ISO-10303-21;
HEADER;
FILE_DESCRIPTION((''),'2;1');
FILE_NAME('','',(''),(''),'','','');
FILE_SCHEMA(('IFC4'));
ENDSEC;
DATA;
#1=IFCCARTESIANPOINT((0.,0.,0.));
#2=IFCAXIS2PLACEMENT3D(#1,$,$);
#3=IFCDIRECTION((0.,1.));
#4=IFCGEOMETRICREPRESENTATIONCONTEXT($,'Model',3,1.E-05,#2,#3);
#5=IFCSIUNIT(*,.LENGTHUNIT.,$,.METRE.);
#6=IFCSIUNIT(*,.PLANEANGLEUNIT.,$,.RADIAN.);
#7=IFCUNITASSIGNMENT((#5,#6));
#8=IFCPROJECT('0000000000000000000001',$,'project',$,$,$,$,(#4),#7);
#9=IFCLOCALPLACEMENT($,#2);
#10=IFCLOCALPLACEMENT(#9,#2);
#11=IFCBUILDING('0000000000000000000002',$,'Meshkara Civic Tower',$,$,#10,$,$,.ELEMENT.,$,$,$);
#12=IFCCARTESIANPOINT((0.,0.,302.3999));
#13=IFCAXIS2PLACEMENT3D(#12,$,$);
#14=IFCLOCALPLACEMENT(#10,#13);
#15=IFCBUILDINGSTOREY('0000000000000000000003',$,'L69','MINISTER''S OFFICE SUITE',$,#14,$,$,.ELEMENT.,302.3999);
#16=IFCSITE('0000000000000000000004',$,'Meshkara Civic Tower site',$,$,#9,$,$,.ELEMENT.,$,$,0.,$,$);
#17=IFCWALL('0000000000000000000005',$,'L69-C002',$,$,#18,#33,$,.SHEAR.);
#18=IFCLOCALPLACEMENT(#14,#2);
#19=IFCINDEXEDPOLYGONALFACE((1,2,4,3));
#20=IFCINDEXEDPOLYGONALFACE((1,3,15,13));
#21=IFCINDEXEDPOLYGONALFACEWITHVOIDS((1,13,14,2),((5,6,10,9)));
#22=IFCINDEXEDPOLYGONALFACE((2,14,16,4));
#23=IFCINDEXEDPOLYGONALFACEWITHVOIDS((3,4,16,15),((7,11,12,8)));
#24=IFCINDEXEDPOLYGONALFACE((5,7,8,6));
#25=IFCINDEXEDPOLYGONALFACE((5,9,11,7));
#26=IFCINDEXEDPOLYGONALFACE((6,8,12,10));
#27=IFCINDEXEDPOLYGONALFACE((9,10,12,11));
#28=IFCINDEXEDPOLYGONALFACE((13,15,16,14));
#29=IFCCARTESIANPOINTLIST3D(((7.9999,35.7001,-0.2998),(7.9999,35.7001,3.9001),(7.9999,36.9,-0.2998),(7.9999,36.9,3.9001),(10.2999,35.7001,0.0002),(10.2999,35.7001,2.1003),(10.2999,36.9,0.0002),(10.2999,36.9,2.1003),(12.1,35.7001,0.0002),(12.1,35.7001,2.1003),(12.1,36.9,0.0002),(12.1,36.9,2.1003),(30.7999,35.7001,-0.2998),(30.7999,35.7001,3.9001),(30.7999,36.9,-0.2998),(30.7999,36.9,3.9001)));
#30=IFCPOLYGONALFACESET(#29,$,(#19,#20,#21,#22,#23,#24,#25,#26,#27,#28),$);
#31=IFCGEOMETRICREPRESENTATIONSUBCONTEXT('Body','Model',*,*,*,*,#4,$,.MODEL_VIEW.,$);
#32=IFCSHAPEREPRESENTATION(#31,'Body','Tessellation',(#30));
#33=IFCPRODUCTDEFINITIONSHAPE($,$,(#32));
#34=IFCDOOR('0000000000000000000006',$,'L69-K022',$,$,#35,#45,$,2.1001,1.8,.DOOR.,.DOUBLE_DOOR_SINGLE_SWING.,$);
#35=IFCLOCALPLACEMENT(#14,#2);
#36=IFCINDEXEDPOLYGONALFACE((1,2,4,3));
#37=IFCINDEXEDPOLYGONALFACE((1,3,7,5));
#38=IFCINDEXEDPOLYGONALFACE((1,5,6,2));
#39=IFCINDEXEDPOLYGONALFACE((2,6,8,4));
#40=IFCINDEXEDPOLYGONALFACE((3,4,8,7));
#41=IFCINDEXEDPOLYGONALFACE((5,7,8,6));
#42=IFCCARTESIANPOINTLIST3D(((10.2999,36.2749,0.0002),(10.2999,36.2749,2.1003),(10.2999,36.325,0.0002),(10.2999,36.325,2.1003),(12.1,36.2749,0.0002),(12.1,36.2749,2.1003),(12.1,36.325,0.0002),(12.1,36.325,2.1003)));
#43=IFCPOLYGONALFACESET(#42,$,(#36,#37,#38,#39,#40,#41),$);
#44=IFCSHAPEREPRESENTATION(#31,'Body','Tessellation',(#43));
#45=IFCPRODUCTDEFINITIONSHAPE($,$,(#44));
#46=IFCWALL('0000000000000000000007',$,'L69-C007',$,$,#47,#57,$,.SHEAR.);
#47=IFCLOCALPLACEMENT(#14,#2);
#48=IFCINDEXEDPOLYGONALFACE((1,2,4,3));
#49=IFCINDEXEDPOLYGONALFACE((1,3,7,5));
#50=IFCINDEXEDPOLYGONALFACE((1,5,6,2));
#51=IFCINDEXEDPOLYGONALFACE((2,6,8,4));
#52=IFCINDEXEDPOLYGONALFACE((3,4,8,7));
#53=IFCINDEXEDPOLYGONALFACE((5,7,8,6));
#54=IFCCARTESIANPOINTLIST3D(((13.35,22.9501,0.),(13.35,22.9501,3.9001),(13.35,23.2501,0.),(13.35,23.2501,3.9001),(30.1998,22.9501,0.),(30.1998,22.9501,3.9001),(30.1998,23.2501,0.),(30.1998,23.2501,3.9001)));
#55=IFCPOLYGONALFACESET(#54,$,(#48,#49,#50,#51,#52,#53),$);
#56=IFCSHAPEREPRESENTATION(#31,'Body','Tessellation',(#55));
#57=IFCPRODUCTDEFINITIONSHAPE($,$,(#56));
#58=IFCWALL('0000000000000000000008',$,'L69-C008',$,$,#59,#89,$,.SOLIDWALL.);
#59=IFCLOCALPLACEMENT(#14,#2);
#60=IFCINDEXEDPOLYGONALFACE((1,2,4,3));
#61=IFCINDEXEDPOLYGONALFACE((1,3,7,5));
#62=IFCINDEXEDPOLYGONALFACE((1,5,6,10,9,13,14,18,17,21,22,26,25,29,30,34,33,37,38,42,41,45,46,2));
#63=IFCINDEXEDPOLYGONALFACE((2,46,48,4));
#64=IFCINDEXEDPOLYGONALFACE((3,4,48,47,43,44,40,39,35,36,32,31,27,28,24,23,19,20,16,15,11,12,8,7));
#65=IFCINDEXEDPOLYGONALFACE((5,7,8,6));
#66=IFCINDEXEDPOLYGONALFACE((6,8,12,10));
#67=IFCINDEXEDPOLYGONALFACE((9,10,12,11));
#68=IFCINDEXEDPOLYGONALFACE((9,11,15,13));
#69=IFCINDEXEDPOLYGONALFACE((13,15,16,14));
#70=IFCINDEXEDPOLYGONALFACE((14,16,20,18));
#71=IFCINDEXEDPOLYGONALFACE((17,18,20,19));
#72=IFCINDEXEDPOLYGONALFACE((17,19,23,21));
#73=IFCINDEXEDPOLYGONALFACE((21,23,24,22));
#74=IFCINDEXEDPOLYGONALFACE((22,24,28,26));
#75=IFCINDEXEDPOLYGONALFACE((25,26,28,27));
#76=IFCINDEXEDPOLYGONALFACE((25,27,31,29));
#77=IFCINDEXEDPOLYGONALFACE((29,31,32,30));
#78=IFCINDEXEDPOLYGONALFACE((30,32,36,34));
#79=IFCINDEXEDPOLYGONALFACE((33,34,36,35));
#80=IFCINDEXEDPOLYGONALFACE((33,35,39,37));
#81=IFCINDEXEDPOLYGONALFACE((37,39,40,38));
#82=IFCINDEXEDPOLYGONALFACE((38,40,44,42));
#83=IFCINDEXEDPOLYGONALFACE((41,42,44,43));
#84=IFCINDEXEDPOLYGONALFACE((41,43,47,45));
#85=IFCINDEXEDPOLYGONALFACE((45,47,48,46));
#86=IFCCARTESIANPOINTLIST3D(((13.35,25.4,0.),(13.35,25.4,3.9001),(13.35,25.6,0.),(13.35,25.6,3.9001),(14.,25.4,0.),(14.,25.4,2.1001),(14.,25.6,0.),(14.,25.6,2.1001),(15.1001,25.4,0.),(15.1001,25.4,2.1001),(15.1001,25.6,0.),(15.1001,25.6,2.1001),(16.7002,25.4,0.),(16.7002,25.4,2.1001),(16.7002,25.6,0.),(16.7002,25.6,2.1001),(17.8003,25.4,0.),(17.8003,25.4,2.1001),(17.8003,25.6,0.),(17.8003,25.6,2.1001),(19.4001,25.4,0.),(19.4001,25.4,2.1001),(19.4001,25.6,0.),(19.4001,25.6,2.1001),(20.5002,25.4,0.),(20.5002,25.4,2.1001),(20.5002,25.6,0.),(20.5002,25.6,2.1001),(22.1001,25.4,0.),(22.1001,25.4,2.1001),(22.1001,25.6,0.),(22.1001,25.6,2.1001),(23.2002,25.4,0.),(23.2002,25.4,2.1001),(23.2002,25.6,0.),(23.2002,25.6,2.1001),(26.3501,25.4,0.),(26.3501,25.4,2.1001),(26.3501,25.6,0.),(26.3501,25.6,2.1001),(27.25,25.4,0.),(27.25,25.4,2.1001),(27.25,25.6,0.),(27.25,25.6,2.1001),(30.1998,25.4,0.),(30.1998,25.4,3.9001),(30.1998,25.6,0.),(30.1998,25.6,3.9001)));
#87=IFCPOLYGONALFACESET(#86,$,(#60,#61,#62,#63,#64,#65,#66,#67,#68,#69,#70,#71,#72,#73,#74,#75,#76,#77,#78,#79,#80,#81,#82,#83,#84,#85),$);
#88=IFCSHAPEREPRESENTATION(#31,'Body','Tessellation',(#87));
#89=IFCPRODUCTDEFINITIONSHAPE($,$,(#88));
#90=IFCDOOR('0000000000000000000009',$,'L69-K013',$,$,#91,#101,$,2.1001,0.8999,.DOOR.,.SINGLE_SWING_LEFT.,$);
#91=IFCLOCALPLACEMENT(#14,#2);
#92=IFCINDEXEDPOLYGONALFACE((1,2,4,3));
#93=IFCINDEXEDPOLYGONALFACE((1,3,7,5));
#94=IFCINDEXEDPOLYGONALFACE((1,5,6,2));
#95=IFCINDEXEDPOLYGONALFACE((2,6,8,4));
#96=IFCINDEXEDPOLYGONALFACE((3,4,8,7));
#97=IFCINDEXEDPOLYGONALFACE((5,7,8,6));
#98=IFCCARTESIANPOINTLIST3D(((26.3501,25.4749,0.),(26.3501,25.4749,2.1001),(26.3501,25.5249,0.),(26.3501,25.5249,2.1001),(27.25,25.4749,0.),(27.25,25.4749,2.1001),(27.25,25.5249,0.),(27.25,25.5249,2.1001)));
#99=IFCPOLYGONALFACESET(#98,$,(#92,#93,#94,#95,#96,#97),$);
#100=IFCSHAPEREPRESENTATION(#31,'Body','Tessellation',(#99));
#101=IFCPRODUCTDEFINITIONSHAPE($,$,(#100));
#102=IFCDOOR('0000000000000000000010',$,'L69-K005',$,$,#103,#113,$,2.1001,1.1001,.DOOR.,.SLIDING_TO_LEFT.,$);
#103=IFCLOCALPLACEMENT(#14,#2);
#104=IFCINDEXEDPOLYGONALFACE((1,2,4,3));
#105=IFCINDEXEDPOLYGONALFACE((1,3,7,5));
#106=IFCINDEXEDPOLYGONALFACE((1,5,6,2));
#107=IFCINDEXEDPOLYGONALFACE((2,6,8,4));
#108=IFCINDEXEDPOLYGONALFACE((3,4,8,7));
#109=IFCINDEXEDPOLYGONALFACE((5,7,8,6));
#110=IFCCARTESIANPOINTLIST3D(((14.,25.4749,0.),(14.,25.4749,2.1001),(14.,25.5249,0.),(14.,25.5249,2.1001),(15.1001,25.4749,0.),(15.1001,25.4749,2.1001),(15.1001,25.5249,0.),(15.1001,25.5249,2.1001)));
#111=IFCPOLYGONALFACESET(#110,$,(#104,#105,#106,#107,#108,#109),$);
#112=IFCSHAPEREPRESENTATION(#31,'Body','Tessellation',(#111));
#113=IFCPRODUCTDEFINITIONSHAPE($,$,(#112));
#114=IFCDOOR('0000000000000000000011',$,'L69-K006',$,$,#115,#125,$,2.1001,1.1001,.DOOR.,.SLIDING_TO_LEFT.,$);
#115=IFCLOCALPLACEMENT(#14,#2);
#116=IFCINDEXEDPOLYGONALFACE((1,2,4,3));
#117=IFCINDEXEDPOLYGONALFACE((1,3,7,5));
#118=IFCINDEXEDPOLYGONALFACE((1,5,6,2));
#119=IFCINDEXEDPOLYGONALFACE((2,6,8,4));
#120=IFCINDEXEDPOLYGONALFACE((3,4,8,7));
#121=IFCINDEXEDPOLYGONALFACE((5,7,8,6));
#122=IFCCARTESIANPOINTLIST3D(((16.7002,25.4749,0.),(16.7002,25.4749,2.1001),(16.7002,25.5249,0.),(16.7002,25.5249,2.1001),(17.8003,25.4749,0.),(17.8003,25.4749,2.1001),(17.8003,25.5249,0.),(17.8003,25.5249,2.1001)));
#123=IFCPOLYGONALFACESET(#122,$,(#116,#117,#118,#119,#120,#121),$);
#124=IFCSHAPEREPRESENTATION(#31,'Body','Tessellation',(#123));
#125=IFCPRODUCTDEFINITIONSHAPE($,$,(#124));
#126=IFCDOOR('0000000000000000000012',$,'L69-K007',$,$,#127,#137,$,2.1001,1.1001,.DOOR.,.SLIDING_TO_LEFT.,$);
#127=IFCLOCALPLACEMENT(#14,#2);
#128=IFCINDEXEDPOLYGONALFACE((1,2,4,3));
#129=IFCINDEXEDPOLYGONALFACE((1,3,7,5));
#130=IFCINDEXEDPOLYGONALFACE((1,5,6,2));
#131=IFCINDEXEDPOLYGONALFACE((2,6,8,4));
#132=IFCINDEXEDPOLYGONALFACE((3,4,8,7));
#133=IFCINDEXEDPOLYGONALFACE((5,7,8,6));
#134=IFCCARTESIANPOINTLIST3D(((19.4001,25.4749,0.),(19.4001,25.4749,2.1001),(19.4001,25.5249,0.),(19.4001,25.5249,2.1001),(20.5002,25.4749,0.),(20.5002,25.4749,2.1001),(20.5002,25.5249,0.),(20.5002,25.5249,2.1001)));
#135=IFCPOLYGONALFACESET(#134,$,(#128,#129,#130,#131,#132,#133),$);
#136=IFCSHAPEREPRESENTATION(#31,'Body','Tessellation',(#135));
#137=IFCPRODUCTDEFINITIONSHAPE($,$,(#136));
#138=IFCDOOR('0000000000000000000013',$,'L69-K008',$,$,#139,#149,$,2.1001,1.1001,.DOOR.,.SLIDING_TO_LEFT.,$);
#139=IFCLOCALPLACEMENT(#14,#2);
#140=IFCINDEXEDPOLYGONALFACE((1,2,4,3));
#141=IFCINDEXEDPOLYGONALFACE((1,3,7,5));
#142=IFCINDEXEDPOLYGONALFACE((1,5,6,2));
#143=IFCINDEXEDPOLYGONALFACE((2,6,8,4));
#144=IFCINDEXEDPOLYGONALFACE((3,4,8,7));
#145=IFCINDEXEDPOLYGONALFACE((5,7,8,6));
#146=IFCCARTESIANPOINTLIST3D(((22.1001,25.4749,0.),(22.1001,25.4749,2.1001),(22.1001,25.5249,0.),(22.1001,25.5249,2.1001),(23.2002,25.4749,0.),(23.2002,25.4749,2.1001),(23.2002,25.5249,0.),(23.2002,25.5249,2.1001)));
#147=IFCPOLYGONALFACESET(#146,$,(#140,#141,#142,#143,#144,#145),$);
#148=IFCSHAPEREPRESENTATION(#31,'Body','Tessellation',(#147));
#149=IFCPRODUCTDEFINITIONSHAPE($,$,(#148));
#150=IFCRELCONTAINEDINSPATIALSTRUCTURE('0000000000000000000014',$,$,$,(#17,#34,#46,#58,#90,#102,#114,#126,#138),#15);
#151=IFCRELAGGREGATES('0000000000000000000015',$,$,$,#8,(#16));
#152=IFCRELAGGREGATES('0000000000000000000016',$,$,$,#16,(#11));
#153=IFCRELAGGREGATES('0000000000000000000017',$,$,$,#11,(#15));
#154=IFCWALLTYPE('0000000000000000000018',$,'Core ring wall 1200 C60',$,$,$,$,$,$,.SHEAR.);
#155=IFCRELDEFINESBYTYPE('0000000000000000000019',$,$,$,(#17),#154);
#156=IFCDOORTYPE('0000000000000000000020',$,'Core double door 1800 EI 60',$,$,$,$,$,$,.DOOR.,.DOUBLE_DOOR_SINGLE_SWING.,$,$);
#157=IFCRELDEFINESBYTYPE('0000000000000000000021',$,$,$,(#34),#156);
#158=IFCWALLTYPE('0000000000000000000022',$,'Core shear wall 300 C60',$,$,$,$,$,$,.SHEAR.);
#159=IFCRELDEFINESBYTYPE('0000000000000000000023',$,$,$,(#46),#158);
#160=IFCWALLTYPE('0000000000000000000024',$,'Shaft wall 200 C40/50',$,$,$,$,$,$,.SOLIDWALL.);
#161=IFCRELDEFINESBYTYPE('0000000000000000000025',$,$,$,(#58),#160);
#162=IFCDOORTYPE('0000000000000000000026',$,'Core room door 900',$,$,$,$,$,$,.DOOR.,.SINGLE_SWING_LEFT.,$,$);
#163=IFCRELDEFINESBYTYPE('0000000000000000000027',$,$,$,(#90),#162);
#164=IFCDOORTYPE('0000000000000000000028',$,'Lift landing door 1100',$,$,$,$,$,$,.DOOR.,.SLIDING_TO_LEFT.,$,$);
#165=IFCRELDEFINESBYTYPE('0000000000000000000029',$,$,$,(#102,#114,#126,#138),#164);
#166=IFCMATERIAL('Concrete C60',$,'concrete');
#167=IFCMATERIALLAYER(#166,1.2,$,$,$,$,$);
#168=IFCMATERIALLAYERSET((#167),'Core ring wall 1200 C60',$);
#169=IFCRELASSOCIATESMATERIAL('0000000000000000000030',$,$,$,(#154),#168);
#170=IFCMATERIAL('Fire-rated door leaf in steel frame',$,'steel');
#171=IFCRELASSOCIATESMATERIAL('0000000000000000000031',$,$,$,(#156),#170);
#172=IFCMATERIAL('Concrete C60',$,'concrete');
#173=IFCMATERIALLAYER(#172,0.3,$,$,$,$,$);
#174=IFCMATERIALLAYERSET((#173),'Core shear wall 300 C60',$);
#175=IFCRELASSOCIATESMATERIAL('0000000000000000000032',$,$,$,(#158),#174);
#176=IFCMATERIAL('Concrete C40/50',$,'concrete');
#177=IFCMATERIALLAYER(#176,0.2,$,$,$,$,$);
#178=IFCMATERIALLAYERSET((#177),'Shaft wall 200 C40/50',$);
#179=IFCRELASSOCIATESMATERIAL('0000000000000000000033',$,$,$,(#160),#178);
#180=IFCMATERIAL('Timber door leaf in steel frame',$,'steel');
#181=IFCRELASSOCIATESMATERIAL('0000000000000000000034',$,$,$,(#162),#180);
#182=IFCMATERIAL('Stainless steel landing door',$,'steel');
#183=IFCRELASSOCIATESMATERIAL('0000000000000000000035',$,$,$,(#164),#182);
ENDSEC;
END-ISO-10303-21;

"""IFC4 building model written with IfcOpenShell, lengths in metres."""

from ifc_helpers import new_model, si_unit, direction, frame, frame_2d, origin, place, context, subcontext, project, spatial, rectangle, extrude, material, layer, layer_set, type_object, element, fill, save


model = new_model("IFC4")

# Units and contexts
model_context = context("Model", 3, precision=1e-05, world=origin(), true_north=direction((0.0, 1.0)))
body_context = subcontext(model_context, "Body", "Model", "MODEL_VIEW")
ifc_project = project(units=[si_unit("LENGTHUNIT", "METRE"), si_unit("PLANEANGLEUNIT", "RADIAN")], contexts=[model_context])

# Site, building, storey
site_placement = place(None, origin())
site = spatial("IfcSite", under=ifc_project, at=site_placement, Name="Meshkara Civic Tower site", CompositionType="ELEMENT", RefElevation=0.0)
building_placement = place(site_placement, origin())
building = spatial("IfcBuilding", under=site, at=building_placement, Name="Meshkara Civic Tower", CompositionType="ELEMENT")
storey_placement = place(building_placement, frame((0.0, 0.0, 302.3999)))
storey = spatial("IfcBuildingStorey", under=building, at=storey_placement, Name="L69", Description="MINISTER'S OFFICE SUITE", CompositionType="ELEMENT", Elevation=302.3999)

# Wall, opening, door
ifc_material_1 = material(Name="Concrete C60", Category="concrete")
ifc_layer_1 = layer(ifc_material_1, 1.2)
ifc_layer_set_1 = layer_set([ifc_layer_1], Name="Core ring wall 1200 C60")
wall_type_1 = type_object("IfcWallType", Name="Core ring wall 1200 C60", PredefinedType="SHEAR", material=ifc_layer_set_1)
wall_1_placement = place(storey_placement, frame((8.0, 36.3, -0.2998), z_axis=(0.0, 0.0, 1.0), x_axis=(1.0, 0.0, 0.0)))
wall_1 = element("IfcWall", 1, at=wall_1_placement, inside=storey, type_object=wall_type_1, Name="L69-C002", PredefinedType="SHEAR", context=body_context, shape_type="SweptSolid", body=[
    extrude(rectangle(XDim=22.8, YDim=1.2, at=frame_2d((11.3999, 0.0))), origin(), (0.0, 0.0, 1.0), 4.2),
])
opening_1_placement = place(wall_1_placement, frame((2.3, 0.0, 0.3)))
opening_1 = element("IfcOpeningElement", 2, at=opening_1_placement, cuts=wall_1, PredefinedType="OPENING", context=body_context, shape_type="SweptSolid", body=[
    extrude(rectangle(XDim=1.8, YDim=2.1001, at=frame_2d((0.8999, 1.05))), frame((0.0, 0.6099, 0.0), z_axis=(0.0, -1.0, 0.0), x_axis=(1.0, 0.0, 0.0)), (0.0, 0.0, 1.0), 1.22),
])
ifc_material_2 = material(Name="Fire-rated door leaf in steel frame", Category="steel")
door_type_1 = type_object("IfcDoorType", Name="Core double door 1800 EI 60", OperationType="DOUBLE_DOOR_SINGLE_SWING", PredefinedType="DOOR", material=ifc_material_2)
door_1_placement = place(opening_1_placement, origin())
door_1 = element("IfcDoor", 3, at=door_1_placement, inside=storey, type_object=door_type_1, Name="L69-K022", OperationType="DOUBLE_DOOR_SINGLE_SWING", OverallHeight=2.1001, OverallWidth=1.8, PredefinedType="DOOR", context=body_context, shape_type="SweptSolid", body=[
    extrude(rectangle(XDim=1.8, YDim=2.1001, at=frame_2d((0.8999, 1.05))), frame((0.0, 0.0249, 0.0), z_axis=(0.0, -1.0, 0.0), x_axis=(1.0, 0.0, 0.0)), (0.0, 0.0, 1.0), 0.05),
])
fill(opening_1, door_1)

# Wall
ifc_material_3 = material(Name="Concrete C60", Category="concrete")
ifc_layer_2 = layer(ifc_material_3, 0.3)
ifc_layer_set_2 = layer_set([ifc_layer_2], Name="Core shear wall 300 C60")
wall_type_2 = type_object("IfcWallType", Name="Core shear wall 300 C60", PredefinedType="SHEAR", material=ifc_layer_set_2)
wall_2_placement = place(storey_placement, frame((13.3501, 23.1001, 0.0), z_axis=(0.0, 0.0, 1.0), x_axis=(1.0, 0.0, 0.0)))
element("IfcWall", 4, at=wall_2_placement, inside=storey, type_object=wall_type_2, Name="L69-C007", PredefinedType="SHEAR", context=body_context, shape_type="SweptSolid", body=[
    extrude(rectangle(XDim=16.8499, YDim=0.3, at=frame_2d((8.4248, 0.0))), origin(), (0.0, 0.0, 1.0), 3.9001),
])

# Wall, openings, doors
ifc_material_4 = material(Name="Concrete C40/50", Category="concrete")
ifc_layer_3 = layer(ifc_material_4, 0.2)
ifc_layer_set_3 = layer_set([ifc_layer_3], Name="Shaft wall 200 C40/50")
wall_type_3 = type_object("IfcWallType", Name="Shaft wall 200 C40/50", PredefinedType="SOLIDWALL", material=ifc_layer_set_3)
wall_3_placement = place(storey_placement, frame((13.3501, 25.5, 0.0), z_axis=(0.0, 0.0, 1.0), x_axis=(1.0, 0.0, 0.0)))
wall_3 = element("IfcWall", 5, at=wall_3_placement, inside=storey, type_object=wall_type_3, Name="L69-C008", PredefinedType="SOLIDWALL", context=body_context, shape_type="SweptSolid", body=[
    extrude(rectangle(XDim=16.8499, YDim=0.2, at=frame_2d((8.4248, 0.0))), origin(), (0.0, 0.0, 1.0), 3.9001),
])
opening_2_placement = place(wall_3_placement, frame((0.6499, 0.0, 0.0)))
opening_2 = element("IfcOpeningElement", 6, at=opening_2_placement, cuts=wall_3, PredefinedType="OPENING", context=body_context, shape_type="SweptSolid", body=[
    extrude(rectangle(XDim=1.1001, YDim=2.1001, at=frame_2d((0.55, 1.05))), frame((0.0, 0.1099, 0.0), z_axis=(0.0, -1.0, 0.0), x_axis=(1.0, 0.0, 0.0)), (0.0, 0.0, 1.0), 0.22),
])
opening_3_placement = place(wall_3_placement, frame((3.3501, 0.0, 0.0)))
opening_3 = element("IfcOpeningElement", 7, at=opening_3_placement, cuts=wall_3, PredefinedType="OPENING", context=body_context, shape_type="SweptSolid", body=[
    extrude(rectangle(XDim=1.1001, YDim=2.1001, at=frame_2d((0.55, 1.05))), frame((0.0, 0.1099, 0.0), z_axis=(0.0, -1.0, 0.0), x_axis=(1.0, 0.0, 0.0)), (0.0, 0.0, 1.0), 0.22),
])
opening_4_placement = place(wall_3_placement, frame((6.05, 0.0, 0.0)))
opening_4 = element("IfcOpeningElement", 8, at=opening_4_placement, cuts=wall_3, PredefinedType="OPENING", context=body_context, shape_type="SweptSolid", body=[
    extrude(rectangle(XDim=1.1001, YDim=2.1001, at=frame_2d((0.55, 1.05))), frame((0.0, 0.1099, 0.0), z_axis=(0.0, -1.0, 0.0), x_axis=(1.0, 0.0, 0.0)), (0.0, 0.0, 1.0), 0.22),
])
opening_5_placement = place(wall_3_placement, frame((8.75, 0.0, 0.0)))
opening_5 = element("IfcOpeningElement", 9, at=opening_5_placement, cuts=wall_3, PredefinedType="OPENING", context=body_context, shape_type="SweptSolid", body=[
    extrude(rectangle(XDim=1.1001, YDim=2.1001, at=frame_2d((0.55, 1.05))), frame((0.0, 0.1099, 0.0), z_axis=(0.0, -1.0, 0.0), x_axis=(1.0, 0.0, 0.0)), (0.0, 0.0, 1.0), 0.22),
])
opening_6_placement = place(wall_3_placement, frame((13.0, 0.0, 0.0)))
opening_6 = element("IfcOpeningElement", 10, at=opening_6_placement, cuts=wall_3, PredefinedType="OPENING", context=body_context, shape_type="SweptSolid", body=[
    extrude(rectangle(XDim=0.8999, YDim=2.1001, at=frame_2d((0.45, 1.05))), frame((0.0, 0.1099, 0.0), z_axis=(0.0, -1.0, 0.0), x_axis=(1.0, 0.0, 0.0)), (0.0, 0.0, 1.0), 0.22),
])
ifc_material_5 = material(Name="Timber door leaf in steel frame", Category="steel")
door_type_2 = type_object("IfcDoorType", Name="Core room door 900", OperationType="SINGLE_SWING_LEFT", PredefinedType="DOOR", material=ifc_material_5)
door_2_placement = place(opening_6_placement, origin())
door_2 = element("IfcDoor", 11, at=door_2_placement, inside=storey, type_object=door_type_2, Name="L69-K013", OperationType="SINGLE_SWING_LEFT", OverallHeight=2.1001, OverallWidth=0.8999, PredefinedType="DOOR", context=body_context, shape_type="SweptSolid", body=[
    extrude(rectangle(XDim=0.8999, YDim=2.1001, at=frame_2d((0.45, 1.05))), frame((0.0, 0.0249, 0.0), z_axis=(0.0, -1.0, 0.0), x_axis=(1.0, 0.0, 0.0)), (0.0, 0.0, 1.0), 0.05),
])
fill(opening_6, door_2)
ifc_material_6 = material(Name="Stainless steel landing door", Category="steel")
door_type_3 = type_object("IfcDoorType", Name="Lift landing door 1100", OperationType="SLIDING_TO_LEFT", PredefinedType="DOOR", material=ifc_material_6)
door_3_placement = place(opening_2_placement, origin())
door_3 = element("IfcDoor", 12, at=door_3_placement, inside=storey, type_object=door_type_3, Name="L69-K005", OperationType="SLIDING_TO_LEFT", OverallHeight=2.1001, OverallWidth=1.1001, PredefinedType="DOOR", context=body_context, shape_type="SweptSolid", body=[
    extrude(rectangle(XDim=1.1001, YDim=2.1001, at=frame_2d((0.55, 1.05))), frame((0.0, 0.0249, 0.0), z_axis=(0.0, -1.0, 0.0), x_axis=(1.0, 0.0, 0.0)), (0.0, 0.0, 1.0), 0.05),
])
fill(opening_2, door_3)
door_4_placement = place(opening_3_placement, origin())
door_4 = element("IfcDoor", 13, at=door_4_placement, inside=storey, type_object=door_type_3, Name="L69-K006", OperationType="SLIDING_TO_LEFT", OverallHeight=2.1001, OverallWidth=1.1001, PredefinedType="DOOR", context=body_context, shape_type="SweptSolid", body=[
    extrude(rectangle(XDim=1.1001, YDim=2.1001, at=frame_2d((0.55, 1.05))), frame((0.0, 0.0249, 0.0), z_axis=(0.0, -1.0, 0.0), x_axis=(1.0, 0.0, 0.0)), (0.0, 0.0, 1.0), 0.05),
])
fill(opening_3, door_4)
door_5_placement = place(opening_4_placement, origin())
door_5 = element("IfcDoor", 14, at=door_5_placement, inside=storey, type_object=door_type_3, Name="L69-K007", OperationType="SLIDING_TO_LEFT", OverallHeight=2.1001, OverallWidth=1.1001, PredefinedType="DOOR", context=body_context, shape_type="SweptSolid", body=[
    extrude(rectangle(XDim=1.1001, YDim=2.1001, at=frame_2d((0.55, 1.05))), frame((0.0, 0.0249, 0.0), z_axis=(0.0, -1.0, 0.0), x_axis=(1.0, 0.0, 0.0)), (0.0, 0.0, 1.0), 0.05),
])
fill(opening_4, door_5)
door_6_placement = place(opening_5_placement, origin())
door_6 = element("IfcDoor", 15, at=door_6_placement, inside=storey, type_object=door_type_3, Name="L69-K008", OperationType="SLIDING_TO_LEFT", OverallHeight=2.1001, OverallWidth=1.1001, PredefinedType="DOOR", context=body_context, shape_type="SweptSolid", body=[
    extrude(rectangle(XDim=1.1001, YDim=2.1001, at=frame_2d((0.55, 1.05))), frame((0.0, 0.0249, 0.0), z_axis=(0.0, -1.0, 0.0), x_axis=(1.0, 0.0, 0.0)), (0.0, 0.0, 1.0), 0.05),
])
fill(opening_5, door_6)

save(model, "model.ifc")
